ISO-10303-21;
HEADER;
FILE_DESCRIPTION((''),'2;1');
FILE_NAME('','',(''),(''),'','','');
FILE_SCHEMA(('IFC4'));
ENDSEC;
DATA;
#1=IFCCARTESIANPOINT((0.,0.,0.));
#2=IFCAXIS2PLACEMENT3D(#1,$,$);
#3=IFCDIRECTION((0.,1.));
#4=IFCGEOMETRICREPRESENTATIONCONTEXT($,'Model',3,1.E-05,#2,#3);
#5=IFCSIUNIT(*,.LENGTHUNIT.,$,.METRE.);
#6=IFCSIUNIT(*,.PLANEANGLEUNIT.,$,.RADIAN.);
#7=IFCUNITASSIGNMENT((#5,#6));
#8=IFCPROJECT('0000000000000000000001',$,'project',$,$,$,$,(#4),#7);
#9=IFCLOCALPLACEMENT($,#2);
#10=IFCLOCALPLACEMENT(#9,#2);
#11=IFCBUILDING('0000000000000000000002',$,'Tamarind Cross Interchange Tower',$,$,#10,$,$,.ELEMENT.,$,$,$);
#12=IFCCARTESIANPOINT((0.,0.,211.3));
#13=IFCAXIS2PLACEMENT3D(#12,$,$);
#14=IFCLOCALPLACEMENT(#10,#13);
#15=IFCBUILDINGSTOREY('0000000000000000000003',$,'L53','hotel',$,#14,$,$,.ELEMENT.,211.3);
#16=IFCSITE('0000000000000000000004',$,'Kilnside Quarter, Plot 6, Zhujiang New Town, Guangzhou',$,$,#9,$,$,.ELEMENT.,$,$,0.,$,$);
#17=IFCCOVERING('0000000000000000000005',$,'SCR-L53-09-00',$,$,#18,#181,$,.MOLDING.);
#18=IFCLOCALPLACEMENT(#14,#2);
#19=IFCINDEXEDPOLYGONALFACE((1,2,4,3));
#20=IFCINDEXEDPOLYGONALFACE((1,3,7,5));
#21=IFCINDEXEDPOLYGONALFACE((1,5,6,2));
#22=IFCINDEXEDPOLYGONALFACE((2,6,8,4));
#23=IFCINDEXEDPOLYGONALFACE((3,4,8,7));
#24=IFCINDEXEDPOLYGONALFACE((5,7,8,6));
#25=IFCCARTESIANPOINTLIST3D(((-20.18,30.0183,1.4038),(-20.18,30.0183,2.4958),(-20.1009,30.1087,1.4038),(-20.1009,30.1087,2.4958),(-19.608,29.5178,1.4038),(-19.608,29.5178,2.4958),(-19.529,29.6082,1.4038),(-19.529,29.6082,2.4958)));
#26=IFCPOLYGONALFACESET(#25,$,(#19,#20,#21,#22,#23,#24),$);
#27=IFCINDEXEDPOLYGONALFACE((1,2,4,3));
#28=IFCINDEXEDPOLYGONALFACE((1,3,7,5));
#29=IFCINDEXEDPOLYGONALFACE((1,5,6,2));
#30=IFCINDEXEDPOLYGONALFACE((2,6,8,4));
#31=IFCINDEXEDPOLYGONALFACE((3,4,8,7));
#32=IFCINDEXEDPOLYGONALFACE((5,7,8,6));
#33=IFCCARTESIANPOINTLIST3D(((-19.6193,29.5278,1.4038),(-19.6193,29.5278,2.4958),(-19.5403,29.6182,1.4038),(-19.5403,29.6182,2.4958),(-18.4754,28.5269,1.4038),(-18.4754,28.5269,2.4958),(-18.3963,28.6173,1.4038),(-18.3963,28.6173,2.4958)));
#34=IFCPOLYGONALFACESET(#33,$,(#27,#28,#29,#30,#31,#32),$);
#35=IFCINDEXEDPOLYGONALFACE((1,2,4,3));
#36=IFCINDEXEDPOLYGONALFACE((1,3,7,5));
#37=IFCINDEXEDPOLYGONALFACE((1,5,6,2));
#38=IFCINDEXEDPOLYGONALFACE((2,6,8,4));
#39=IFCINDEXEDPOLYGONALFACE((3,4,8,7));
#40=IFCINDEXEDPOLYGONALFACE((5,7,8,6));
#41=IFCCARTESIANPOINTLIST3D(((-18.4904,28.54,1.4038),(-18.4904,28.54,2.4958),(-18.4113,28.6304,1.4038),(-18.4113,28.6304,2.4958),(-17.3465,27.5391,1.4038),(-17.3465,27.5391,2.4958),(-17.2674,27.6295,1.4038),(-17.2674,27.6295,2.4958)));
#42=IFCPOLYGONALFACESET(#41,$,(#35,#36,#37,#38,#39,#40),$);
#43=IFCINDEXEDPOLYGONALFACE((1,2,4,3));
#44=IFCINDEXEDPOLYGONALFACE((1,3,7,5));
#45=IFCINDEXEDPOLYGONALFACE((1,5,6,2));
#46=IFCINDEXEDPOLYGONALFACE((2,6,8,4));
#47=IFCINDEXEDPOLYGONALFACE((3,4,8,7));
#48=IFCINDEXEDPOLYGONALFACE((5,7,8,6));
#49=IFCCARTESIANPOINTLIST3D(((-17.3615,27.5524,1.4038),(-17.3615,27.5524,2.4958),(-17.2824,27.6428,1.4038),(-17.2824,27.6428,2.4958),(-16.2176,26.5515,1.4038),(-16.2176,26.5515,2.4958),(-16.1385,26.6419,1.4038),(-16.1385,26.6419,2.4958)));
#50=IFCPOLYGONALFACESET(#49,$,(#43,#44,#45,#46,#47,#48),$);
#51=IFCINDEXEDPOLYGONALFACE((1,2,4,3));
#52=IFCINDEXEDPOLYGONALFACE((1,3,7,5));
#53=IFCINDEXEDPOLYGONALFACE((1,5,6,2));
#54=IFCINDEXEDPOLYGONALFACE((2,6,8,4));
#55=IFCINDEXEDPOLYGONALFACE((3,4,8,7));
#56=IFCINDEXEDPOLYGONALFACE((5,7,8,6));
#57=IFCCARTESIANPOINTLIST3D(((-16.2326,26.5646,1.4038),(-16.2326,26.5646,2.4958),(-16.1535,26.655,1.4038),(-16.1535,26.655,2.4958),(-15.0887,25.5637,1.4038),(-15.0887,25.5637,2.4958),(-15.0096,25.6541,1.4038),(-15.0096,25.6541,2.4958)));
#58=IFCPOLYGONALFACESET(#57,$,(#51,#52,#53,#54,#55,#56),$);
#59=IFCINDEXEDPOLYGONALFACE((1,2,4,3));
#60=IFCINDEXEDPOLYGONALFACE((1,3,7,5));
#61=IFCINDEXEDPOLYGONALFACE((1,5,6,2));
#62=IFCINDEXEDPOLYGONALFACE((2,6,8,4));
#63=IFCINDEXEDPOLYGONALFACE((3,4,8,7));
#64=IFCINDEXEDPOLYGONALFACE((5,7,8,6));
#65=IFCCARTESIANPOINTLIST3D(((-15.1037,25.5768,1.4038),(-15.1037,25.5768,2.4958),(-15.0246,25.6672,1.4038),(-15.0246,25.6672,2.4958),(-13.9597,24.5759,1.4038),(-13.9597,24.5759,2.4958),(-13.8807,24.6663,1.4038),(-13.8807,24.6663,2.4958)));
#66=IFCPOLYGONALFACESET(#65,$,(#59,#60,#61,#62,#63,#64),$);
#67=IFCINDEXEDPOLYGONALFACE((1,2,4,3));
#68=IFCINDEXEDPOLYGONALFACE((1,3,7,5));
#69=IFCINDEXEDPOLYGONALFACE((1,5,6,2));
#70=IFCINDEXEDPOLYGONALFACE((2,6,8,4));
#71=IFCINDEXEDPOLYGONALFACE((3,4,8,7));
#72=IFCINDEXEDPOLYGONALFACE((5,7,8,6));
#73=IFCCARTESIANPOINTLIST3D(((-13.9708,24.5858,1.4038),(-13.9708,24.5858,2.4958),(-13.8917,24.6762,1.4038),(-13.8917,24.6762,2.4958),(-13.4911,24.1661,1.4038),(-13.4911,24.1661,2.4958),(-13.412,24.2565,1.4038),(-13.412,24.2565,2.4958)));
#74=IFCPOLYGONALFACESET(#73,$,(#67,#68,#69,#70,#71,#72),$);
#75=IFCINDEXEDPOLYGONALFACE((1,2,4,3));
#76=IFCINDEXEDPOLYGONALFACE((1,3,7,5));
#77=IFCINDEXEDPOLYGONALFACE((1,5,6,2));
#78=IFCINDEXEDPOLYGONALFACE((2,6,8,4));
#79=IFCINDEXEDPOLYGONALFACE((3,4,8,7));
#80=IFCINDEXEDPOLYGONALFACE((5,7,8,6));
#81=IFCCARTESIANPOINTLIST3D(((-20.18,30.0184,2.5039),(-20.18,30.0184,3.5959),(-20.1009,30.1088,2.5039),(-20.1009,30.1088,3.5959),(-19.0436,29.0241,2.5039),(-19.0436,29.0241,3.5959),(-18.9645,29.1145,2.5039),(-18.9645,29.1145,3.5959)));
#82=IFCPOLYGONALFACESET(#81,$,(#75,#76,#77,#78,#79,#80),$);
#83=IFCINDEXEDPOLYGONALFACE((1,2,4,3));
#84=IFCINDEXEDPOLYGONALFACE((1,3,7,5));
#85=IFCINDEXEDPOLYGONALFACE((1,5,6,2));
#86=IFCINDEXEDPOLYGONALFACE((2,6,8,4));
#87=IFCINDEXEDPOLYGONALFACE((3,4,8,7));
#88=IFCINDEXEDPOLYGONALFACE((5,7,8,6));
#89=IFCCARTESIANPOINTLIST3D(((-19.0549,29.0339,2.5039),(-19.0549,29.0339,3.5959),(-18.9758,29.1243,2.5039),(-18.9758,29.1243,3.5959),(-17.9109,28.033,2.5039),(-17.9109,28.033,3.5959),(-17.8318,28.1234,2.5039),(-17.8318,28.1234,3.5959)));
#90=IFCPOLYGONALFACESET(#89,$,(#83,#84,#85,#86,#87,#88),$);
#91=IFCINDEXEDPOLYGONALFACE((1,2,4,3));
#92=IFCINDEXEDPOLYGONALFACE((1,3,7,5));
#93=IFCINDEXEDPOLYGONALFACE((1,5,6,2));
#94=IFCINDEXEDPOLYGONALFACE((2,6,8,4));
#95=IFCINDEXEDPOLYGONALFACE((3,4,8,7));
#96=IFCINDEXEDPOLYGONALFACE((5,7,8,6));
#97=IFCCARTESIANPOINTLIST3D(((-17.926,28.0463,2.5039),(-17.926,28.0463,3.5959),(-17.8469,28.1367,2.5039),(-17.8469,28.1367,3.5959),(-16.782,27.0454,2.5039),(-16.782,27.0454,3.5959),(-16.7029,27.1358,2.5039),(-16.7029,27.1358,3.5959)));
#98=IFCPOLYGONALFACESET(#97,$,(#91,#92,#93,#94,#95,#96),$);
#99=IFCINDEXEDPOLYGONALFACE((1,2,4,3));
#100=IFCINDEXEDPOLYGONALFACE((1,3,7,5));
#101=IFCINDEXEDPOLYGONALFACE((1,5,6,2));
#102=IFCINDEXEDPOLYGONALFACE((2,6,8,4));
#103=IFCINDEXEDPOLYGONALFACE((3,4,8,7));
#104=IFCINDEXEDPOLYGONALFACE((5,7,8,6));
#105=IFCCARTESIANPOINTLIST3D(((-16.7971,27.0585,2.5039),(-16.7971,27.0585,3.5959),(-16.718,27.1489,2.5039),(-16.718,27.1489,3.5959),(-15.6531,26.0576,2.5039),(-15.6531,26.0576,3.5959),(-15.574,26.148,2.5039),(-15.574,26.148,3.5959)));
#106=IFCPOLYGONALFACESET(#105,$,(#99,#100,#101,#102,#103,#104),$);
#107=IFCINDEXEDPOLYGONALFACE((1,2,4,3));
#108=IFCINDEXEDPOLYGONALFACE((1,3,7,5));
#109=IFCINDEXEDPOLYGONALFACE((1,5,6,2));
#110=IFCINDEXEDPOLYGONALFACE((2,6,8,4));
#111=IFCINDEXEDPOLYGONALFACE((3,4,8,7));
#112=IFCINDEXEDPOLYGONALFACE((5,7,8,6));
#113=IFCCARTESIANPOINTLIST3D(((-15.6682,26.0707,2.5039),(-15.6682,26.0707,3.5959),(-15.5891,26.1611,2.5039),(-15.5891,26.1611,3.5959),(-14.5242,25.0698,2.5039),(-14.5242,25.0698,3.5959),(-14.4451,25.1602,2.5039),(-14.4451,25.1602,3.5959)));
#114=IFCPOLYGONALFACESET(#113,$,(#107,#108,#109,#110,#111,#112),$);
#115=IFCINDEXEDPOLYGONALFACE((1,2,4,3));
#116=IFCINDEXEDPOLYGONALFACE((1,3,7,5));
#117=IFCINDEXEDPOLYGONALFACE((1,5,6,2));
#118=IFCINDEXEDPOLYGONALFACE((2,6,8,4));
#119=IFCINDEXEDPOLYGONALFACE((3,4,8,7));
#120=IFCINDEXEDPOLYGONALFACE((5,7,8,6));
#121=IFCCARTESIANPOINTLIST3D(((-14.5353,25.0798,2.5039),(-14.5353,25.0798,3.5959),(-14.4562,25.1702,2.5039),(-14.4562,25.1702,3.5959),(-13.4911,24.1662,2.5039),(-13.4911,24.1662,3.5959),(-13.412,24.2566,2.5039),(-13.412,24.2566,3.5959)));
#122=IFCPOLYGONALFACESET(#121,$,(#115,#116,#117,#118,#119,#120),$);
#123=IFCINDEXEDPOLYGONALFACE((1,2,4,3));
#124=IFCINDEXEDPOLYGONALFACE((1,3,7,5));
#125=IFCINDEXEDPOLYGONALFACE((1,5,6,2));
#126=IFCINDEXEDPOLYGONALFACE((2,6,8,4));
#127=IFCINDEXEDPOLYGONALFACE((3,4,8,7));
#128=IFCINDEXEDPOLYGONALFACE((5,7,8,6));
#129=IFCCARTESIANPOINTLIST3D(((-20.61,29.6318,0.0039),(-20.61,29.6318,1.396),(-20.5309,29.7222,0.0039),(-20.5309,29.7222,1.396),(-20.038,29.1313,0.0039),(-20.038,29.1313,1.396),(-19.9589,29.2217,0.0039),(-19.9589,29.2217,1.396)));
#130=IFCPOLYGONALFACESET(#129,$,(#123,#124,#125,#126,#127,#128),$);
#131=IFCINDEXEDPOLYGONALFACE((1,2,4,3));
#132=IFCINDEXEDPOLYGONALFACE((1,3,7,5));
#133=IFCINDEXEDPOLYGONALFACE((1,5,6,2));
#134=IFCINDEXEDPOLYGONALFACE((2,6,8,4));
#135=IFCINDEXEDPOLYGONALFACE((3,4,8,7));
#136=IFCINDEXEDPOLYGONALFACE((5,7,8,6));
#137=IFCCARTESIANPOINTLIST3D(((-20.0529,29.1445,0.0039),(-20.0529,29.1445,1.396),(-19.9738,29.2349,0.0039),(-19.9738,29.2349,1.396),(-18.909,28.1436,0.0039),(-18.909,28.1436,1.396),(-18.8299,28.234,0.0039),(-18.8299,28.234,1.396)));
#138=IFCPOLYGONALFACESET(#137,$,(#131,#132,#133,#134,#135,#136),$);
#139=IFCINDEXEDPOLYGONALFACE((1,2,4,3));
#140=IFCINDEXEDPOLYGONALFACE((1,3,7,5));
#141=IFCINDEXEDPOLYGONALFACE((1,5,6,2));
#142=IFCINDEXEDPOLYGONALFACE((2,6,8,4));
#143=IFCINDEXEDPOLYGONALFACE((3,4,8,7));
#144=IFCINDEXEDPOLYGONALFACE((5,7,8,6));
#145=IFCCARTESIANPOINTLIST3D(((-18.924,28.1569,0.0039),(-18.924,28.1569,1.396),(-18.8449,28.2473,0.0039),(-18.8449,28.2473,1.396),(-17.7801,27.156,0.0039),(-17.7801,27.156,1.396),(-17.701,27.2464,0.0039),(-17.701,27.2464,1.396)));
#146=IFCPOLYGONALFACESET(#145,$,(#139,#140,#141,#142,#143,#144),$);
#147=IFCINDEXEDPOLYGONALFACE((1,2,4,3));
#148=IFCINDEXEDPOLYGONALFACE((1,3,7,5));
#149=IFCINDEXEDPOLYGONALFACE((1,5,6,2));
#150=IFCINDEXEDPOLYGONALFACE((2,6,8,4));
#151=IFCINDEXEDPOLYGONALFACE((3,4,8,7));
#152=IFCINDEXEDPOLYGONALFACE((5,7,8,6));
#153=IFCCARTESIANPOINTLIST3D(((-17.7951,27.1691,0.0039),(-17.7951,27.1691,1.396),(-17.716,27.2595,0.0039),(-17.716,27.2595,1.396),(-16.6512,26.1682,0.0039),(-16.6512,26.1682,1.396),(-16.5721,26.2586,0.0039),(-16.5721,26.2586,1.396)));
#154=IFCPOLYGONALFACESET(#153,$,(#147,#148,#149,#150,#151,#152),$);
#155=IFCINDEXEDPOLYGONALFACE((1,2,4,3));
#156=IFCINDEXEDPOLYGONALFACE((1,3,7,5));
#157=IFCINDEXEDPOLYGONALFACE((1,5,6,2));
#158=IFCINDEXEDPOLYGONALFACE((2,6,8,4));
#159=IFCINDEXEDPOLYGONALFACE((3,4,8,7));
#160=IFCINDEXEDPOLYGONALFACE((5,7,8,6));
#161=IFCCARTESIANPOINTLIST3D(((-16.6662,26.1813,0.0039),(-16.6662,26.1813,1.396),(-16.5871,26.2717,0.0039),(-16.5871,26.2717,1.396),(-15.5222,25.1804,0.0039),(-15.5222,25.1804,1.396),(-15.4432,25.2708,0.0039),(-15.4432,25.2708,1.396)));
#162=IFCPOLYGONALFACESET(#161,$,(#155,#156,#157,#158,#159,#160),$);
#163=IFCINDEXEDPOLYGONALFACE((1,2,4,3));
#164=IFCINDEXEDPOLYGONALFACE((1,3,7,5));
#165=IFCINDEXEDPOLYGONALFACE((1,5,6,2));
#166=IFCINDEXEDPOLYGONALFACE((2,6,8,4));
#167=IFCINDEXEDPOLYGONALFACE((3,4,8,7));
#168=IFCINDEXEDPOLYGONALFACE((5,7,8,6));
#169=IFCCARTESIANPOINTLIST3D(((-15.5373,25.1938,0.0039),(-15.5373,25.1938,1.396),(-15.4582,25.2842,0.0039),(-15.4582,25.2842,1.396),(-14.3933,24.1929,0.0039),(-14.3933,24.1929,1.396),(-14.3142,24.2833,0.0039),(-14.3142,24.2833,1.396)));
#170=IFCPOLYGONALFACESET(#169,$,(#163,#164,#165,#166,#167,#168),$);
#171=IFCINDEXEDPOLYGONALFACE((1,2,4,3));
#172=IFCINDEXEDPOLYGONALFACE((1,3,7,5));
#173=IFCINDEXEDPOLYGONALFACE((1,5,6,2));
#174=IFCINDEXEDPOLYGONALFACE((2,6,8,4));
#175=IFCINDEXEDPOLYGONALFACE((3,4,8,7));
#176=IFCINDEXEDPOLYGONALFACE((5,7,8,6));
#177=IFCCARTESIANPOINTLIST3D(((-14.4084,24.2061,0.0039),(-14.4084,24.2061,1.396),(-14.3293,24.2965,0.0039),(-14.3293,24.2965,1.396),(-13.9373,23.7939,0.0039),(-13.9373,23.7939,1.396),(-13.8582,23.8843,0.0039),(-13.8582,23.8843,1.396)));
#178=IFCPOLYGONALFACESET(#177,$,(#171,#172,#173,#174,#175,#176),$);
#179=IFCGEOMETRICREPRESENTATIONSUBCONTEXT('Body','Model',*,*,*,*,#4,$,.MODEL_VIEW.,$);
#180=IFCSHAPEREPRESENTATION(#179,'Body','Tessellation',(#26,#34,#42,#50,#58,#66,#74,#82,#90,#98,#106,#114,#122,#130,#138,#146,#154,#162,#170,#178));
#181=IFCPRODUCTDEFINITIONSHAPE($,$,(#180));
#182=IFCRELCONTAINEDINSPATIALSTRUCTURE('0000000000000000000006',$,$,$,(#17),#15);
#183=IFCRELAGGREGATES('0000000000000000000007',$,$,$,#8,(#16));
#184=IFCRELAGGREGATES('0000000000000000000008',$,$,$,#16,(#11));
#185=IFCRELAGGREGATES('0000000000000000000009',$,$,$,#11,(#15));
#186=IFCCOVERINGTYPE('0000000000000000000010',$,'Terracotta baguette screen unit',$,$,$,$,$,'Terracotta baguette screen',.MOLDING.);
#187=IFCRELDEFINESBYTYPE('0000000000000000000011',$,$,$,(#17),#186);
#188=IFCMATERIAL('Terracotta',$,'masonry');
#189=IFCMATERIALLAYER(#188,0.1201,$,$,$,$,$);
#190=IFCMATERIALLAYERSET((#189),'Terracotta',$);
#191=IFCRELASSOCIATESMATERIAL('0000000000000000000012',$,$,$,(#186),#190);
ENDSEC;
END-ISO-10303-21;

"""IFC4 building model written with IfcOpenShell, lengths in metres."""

from ifc_helpers import new_model, si_unit, direction, frame, origin, origin_2d, place, context, subcontext, project, spatial, rectangle, extrude, material, layer, layer_set, type_object, element, save


model = new_model("IFC4")

# Units and contexts
model_context = context("Model", 3, precision=1e-05, world=origin(), true_north=direction((0.0, 1.0)))
body_context = subcontext(model_context, "Body", "Model", "MODEL_VIEW")
ifc_project = project(units=[si_unit("LENGTHUNIT", "METRE"), si_unit("PLANEANGLEUNIT", "RADIAN")], contexts=[model_context])

# Site, building, storey
site_placement = place(None, origin())
site = spatial("IfcSite", under=ifc_project, at=site_placement, Name="Kilnside Quarter, Plot 6, Zhujiang New Town, Guangzhou", CompositionType="ELEMENT", RefElevation=0.0)
building_placement = place(site_placement, origin())
building = spatial("IfcBuilding", under=site, at=building_placement, Name="Tamarind Cross Interchange Tower", CompositionType="ELEMENT")
storey_placement = place(building_placement, frame((0.0, 0.0, 211.3)))
storey = spatial("IfcBuildingStorey", under=building, at=storey_placement, Name="L53", Description="hotel", CompositionType="ELEMENT", Elevation=211.3)

# Covering
ifc_material_1 = material(Name="Terracotta", Category="masonry")
ifc_layer_1 = layer(ifc_material_1, 0.1201)
ifc_layer_set_1 = layer_set([ifc_layer_1], Name="Terracotta")
covering_type = type_object("IfcCoveringType", Name="Terracotta baguette screen unit", ElementType="Terracotta baguette screen", PredefinedType="MOLDING", material=ifc_layer_set_1)
covering_1_placement = place(storey_placement, origin())
element("IfcCovering", 1, at=covering_1_placement, inside=storey, type_object=covering_type, Name="SCR-L53-09-00", PredefinedType="MOLDING", context=body_context, shape_type="SweptSolid", body=[
    extrude(rectangle(XDim=0.76, YDim=0.1201, at=origin_2d()), frame((-19.8545, 29.8132, 1.4038), z_axis=(0.0, 0.0, 1.0), x_axis=(0.752605, -0.658472, 0.0)), (0.0, 0.0, 1.0), 1.092),
    extrude(rectangle(XDim=1.52, YDim=0.1201, at=origin_2d()), frame((-19.0078, 29.0725, 1.4038), z_axis=(0.0, 0.0, 1.0), x_axis=(0.752605, -0.658472, 0.0)), (0.0, 0.0, 1.0), 1.092),
    extrude(rectangle(XDim=1.52, YDim=0.1201, at=origin_2d()), frame((-17.8789, 28.0847, 1.4038), z_axis=(0.0, 0.0, 1.0), x_axis=(0.752605, -0.658472, 0.0)), (0.0, 0.0, 1.0), 1.092),
    extrude(rectangle(XDim=1.52, YDim=0.1201, at=origin_2d()), frame((-16.75, 27.0972, 1.4038), z_axis=(0.0, 0.0, 1.0), x_axis=(0.752605, -0.658472, 0.0)), (0.0, 0.0, 1.0), 1.092),
    extrude(rectangle(XDim=1.52, YDim=0.1201, at=origin_2d()), frame((-15.6211, 26.1094, 1.4038), z_axis=(0.0, 0.0, 1.0), x_axis=(0.752605, -0.658472, 0.0)), (0.0, 0.0, 1.0), 1.092),
    extrude(rectangle(XDim=1.52, YDim=0.1201, at=origin_2d()), frame((-14.4922, 25.1216, 1.4038), z_axis=(0.0, 0.0, 1.0), x_axis=(0.752605, -0.658472, 0.0)), (0.0, 0.0, 1.0), 1.092),
    extrude(rectangle(XDim=0.6375, YDim=0.1201, at=origin_2d()), frame((-13.6914, 24.4211, 1.4038), z_axis=(0.0, 0.0, 1.0), x_axis=(0.752605, -0.658472, 0.0)), (0.0, 0.0, 1.0), 1.092),
    extrude(rectangle(XDim=1.51, YDim=0.1201, at=origin_2d()), frame((-19.5723, 29.5664, 2.5039), z_axis=(0.0, 0.0, 1.0), x_axis=(0.752605, -0.658472, 0.0)), (0.0, 0.0, 1.0), 1.092),
    extrude(rectangle(XDim=1.52, YDim=0.1201, at=origin_2d()), frame((-18.4434, 28.5786, 2.5039), z_axis=(0.0, 0.0, 1.0), x_axis=(0.752605, -0.658472, 0.0)), (0.0, 0.0, 1.0), 1.092),
    extrude(rectangle(XDim=1.52, YDim=0.1201, at=origin_2d()), frame((-17.3145, 27.5911, 2.5039), z_axis=(0.0, 0.0, 1.0), x_axis=(0.752605, -0.658472, 0.0)), (0.0, 0.0, 1.0), 1.092),
    extrude(rectangle(XDim=1.52, YDim=0.1201, at=origin_2d()), frame((-16.1855, 26.6033, 2.5039), z_axis=(0.0, 0.0, 1.0), x_axis=(0.752605, -0.658472, 0.0)), (0.0, 0.0, 1.0), 1.092),
    extrude(rectangle(XDim=1.52, YDim=0.1201, at=origin_2d()), frame((-15.0566, 25.6155, 2.5039), z_axis=(0.0, 0.0, 1.0), x_axis=(0.752605, -0.658472, 0.0)), (0.0, 0.0, 1.0), 1.092),
    extrude(rectangle(XDim=1.3875, YDim=0.1201, at=origin_2d()), frame((-13.9736, 24.6682, 2.5039), z_axis=(0.0, 0.0, 1.0), x_axis=(0.752605, -0.658472, 0.0)), (0.0, 0.0, 1.0), 1.092),
    extrude(rectangle(XDim=0.76, YDim=0.1201, at=origin_2d()), frame((-20.2844, 29.4268, 0.0039), z_axis=(0.0, 0.0, 1.0), x_axis=(0.752605, -0.658472, 0.0)), (0.0, 0.0, 1.0), 1.3921),
    extrude(rectangle(XDim=1.52, YDim=0.1201, at=origin_2d()), frame((-19.4414, 28.6892, 0.0039), z_axis=(0.0, 0.0, 1.0), x_axis=(0.752605, -0.658472, 0.0)), (0.0, 0.0, 1.0), 1.3921),
    extrude(rectangle(XDim=1.52, YDim=0.1201, at=origin_2d()), frame((-18.3125, 27.7017, 0.0039), z_axis=(0.0, 0.0, 1.0), x_axis=(0.752605, -0.658472, 0.0)), (0.0, 0.0, 1.0), 1.3921),
    extrude(rectangle(XDim=1.52, YDim=0.1201, at=origin_2d()), frame((-17.1836, 26.7139, 0.0039), z_axis=(0.0, 0.0, 1.0), x_axis=(0.752605, -0.658472, 0.0)), (0.0, 0.0, 1.0), 1.3921),
    extrude(rectangle(XDim=1.52, YDim=0.1201, at=origin_2d()), frame((-16.0547, 25.7261, 0.0039), z_axis=(0.0, 0.0, 1.0), x_axis=(0.752605, -0.658472, 0.0)), (0.0, 0.0, 1.0), 1.3921),
    extrude(rectangle(XDim=1.52, YDim=0.1201, at=origin_2d()), frame((-14.9258, 24.7385, 0.0039), z_axis=(0.0, 0.0, 1.0), x_axis=(0.752605, -0.658472, 0.0)), (0.0, 0.0, 1.0), 1.3921),
    extrude(rectangle(XDim=0.626, YDim=0.1201, at=origin_2d()), frame((-14.1333, 24.0452, 0.0039), z_axis=(0.0, 0.0, 1.0), x_axis=(0.752605, -0.658472, 0.0)), (0.0, 0.0, 1.0), 1.3921),
])

save(model, "model.ifc")
